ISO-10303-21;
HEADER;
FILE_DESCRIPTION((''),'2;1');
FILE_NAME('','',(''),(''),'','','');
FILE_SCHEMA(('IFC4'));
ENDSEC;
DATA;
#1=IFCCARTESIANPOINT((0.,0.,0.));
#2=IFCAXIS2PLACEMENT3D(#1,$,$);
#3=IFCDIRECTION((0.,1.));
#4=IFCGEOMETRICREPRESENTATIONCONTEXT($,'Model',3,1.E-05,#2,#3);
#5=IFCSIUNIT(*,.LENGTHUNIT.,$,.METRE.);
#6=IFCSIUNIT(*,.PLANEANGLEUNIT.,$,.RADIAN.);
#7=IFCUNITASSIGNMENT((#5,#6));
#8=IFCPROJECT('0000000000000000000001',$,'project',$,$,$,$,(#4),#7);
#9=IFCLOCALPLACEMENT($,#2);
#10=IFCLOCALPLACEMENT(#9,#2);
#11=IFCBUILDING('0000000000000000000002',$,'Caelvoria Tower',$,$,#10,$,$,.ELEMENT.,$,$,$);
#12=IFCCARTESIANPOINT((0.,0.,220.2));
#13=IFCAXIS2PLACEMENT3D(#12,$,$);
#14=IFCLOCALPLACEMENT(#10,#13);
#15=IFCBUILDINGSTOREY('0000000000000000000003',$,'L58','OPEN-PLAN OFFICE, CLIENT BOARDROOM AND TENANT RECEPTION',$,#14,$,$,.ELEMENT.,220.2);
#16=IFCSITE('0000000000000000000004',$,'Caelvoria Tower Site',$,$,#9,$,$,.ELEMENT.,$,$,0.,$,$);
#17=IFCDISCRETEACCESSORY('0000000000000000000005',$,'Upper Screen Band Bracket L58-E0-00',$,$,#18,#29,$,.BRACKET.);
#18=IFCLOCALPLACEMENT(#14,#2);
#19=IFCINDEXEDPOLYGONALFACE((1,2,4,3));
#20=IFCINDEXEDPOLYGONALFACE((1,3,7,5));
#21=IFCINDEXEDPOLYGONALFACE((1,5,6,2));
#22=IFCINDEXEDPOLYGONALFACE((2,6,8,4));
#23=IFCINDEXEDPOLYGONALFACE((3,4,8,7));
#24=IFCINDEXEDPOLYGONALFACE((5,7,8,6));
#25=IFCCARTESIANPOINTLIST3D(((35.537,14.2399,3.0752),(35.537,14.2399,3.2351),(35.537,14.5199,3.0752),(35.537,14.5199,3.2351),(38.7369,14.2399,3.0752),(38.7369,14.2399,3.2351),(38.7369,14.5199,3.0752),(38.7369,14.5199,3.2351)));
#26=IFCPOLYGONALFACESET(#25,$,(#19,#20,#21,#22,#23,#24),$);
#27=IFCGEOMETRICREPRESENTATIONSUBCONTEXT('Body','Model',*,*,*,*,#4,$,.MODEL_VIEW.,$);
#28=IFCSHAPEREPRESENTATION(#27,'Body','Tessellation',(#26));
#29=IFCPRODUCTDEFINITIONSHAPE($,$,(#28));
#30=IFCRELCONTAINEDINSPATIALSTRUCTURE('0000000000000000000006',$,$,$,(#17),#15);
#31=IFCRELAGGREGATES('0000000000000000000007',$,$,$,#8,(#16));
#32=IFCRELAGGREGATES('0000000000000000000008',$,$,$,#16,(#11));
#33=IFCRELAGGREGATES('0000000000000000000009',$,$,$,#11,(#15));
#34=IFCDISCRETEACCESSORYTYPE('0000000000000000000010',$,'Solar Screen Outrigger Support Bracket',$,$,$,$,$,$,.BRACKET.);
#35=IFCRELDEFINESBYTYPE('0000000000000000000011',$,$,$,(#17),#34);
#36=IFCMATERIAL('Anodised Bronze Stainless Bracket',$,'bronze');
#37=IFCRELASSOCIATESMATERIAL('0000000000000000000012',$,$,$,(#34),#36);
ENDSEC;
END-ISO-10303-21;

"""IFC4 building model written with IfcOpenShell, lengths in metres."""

from ifc_helpers import new_model, si_unit, direction, frame, origin, origin_2d, place, context, subcontext, project, spatial, rectangle, extrude, material, type_object, element, save


model = new_model("IFC4")

# Units and contexts
model_context = context("Model", 3, precision=1e-05, world=origin(), true_north=direction((0.0, 1.0)))
body_context = subcontext(model_context, "Body", "Model", "MODEL_VIEW")
ifc_project = project(units=[si_unit("LENGTHUNIT", "METRE"), si_unit("PLANEANGLEUNIT", "RADIAN")], contexts=[model_context])

# Site, building, storey
site_placement = place(None, origin())
site = spatial("IfcSite", under=ifc_project, at=site_placement, Name="Caelvoria Tower Site", CompositionType="ELEMENT", RefElevation=0.0)
building_placement = place(site_placement, origin())
building = spatial("IfcBuilding", under=site, at=building_placement, Name="Caelvoria Tower", CompositionType="ELEMENT")
storey_placement = place(building_placement, frame((0.0, 0.0, 220.2)))
storey = spatial("IfcBuildingStorey", under=building, at=storey_placement, Name="L58", Description="OPEN-PLAN OFFICE, CLIENT BOARDROOM AND TENANT RECEPTION", CompositionType="ELEMENT", Elevation=220.2)

# Discrete accessory
ifc_material_1 = material(Name="Anodised Bronze Stainless Bracket", Category="bronze")
discrete_accessory_type = type_object("IfcDiscreteAccessoryType", Name="Solar Screen Outrigger Support Bracket", PredefinedType="BRACKET", material=ifc_material_1)
for number, where, z_axis, x_axis, name in (
    (1, (37.137, 14.3799, 3.0752), (0.0, 0.0, 1.0), (1.0, 0.0, 0.0), "Upper Screen Band Bracket L58-E0-00"),
):
    element("IfcDiscreteAccessory", number, at=place(storey_placement, frame(where, z_axis=z_axis, x_axis=x_axis)), inside=storey, type_object=discrete_accessory_type, Name=name, PredefinedType="BRACKET", context=body_context, shape_type="SweptSolid", body=[
        extrude(rectangle(XDim=3.2, YDim=0.28, at=origin_2d()), origin(), (0.0, 0.0, 1.0), 0.1599),
    ])

save(model, "model.ifc")
